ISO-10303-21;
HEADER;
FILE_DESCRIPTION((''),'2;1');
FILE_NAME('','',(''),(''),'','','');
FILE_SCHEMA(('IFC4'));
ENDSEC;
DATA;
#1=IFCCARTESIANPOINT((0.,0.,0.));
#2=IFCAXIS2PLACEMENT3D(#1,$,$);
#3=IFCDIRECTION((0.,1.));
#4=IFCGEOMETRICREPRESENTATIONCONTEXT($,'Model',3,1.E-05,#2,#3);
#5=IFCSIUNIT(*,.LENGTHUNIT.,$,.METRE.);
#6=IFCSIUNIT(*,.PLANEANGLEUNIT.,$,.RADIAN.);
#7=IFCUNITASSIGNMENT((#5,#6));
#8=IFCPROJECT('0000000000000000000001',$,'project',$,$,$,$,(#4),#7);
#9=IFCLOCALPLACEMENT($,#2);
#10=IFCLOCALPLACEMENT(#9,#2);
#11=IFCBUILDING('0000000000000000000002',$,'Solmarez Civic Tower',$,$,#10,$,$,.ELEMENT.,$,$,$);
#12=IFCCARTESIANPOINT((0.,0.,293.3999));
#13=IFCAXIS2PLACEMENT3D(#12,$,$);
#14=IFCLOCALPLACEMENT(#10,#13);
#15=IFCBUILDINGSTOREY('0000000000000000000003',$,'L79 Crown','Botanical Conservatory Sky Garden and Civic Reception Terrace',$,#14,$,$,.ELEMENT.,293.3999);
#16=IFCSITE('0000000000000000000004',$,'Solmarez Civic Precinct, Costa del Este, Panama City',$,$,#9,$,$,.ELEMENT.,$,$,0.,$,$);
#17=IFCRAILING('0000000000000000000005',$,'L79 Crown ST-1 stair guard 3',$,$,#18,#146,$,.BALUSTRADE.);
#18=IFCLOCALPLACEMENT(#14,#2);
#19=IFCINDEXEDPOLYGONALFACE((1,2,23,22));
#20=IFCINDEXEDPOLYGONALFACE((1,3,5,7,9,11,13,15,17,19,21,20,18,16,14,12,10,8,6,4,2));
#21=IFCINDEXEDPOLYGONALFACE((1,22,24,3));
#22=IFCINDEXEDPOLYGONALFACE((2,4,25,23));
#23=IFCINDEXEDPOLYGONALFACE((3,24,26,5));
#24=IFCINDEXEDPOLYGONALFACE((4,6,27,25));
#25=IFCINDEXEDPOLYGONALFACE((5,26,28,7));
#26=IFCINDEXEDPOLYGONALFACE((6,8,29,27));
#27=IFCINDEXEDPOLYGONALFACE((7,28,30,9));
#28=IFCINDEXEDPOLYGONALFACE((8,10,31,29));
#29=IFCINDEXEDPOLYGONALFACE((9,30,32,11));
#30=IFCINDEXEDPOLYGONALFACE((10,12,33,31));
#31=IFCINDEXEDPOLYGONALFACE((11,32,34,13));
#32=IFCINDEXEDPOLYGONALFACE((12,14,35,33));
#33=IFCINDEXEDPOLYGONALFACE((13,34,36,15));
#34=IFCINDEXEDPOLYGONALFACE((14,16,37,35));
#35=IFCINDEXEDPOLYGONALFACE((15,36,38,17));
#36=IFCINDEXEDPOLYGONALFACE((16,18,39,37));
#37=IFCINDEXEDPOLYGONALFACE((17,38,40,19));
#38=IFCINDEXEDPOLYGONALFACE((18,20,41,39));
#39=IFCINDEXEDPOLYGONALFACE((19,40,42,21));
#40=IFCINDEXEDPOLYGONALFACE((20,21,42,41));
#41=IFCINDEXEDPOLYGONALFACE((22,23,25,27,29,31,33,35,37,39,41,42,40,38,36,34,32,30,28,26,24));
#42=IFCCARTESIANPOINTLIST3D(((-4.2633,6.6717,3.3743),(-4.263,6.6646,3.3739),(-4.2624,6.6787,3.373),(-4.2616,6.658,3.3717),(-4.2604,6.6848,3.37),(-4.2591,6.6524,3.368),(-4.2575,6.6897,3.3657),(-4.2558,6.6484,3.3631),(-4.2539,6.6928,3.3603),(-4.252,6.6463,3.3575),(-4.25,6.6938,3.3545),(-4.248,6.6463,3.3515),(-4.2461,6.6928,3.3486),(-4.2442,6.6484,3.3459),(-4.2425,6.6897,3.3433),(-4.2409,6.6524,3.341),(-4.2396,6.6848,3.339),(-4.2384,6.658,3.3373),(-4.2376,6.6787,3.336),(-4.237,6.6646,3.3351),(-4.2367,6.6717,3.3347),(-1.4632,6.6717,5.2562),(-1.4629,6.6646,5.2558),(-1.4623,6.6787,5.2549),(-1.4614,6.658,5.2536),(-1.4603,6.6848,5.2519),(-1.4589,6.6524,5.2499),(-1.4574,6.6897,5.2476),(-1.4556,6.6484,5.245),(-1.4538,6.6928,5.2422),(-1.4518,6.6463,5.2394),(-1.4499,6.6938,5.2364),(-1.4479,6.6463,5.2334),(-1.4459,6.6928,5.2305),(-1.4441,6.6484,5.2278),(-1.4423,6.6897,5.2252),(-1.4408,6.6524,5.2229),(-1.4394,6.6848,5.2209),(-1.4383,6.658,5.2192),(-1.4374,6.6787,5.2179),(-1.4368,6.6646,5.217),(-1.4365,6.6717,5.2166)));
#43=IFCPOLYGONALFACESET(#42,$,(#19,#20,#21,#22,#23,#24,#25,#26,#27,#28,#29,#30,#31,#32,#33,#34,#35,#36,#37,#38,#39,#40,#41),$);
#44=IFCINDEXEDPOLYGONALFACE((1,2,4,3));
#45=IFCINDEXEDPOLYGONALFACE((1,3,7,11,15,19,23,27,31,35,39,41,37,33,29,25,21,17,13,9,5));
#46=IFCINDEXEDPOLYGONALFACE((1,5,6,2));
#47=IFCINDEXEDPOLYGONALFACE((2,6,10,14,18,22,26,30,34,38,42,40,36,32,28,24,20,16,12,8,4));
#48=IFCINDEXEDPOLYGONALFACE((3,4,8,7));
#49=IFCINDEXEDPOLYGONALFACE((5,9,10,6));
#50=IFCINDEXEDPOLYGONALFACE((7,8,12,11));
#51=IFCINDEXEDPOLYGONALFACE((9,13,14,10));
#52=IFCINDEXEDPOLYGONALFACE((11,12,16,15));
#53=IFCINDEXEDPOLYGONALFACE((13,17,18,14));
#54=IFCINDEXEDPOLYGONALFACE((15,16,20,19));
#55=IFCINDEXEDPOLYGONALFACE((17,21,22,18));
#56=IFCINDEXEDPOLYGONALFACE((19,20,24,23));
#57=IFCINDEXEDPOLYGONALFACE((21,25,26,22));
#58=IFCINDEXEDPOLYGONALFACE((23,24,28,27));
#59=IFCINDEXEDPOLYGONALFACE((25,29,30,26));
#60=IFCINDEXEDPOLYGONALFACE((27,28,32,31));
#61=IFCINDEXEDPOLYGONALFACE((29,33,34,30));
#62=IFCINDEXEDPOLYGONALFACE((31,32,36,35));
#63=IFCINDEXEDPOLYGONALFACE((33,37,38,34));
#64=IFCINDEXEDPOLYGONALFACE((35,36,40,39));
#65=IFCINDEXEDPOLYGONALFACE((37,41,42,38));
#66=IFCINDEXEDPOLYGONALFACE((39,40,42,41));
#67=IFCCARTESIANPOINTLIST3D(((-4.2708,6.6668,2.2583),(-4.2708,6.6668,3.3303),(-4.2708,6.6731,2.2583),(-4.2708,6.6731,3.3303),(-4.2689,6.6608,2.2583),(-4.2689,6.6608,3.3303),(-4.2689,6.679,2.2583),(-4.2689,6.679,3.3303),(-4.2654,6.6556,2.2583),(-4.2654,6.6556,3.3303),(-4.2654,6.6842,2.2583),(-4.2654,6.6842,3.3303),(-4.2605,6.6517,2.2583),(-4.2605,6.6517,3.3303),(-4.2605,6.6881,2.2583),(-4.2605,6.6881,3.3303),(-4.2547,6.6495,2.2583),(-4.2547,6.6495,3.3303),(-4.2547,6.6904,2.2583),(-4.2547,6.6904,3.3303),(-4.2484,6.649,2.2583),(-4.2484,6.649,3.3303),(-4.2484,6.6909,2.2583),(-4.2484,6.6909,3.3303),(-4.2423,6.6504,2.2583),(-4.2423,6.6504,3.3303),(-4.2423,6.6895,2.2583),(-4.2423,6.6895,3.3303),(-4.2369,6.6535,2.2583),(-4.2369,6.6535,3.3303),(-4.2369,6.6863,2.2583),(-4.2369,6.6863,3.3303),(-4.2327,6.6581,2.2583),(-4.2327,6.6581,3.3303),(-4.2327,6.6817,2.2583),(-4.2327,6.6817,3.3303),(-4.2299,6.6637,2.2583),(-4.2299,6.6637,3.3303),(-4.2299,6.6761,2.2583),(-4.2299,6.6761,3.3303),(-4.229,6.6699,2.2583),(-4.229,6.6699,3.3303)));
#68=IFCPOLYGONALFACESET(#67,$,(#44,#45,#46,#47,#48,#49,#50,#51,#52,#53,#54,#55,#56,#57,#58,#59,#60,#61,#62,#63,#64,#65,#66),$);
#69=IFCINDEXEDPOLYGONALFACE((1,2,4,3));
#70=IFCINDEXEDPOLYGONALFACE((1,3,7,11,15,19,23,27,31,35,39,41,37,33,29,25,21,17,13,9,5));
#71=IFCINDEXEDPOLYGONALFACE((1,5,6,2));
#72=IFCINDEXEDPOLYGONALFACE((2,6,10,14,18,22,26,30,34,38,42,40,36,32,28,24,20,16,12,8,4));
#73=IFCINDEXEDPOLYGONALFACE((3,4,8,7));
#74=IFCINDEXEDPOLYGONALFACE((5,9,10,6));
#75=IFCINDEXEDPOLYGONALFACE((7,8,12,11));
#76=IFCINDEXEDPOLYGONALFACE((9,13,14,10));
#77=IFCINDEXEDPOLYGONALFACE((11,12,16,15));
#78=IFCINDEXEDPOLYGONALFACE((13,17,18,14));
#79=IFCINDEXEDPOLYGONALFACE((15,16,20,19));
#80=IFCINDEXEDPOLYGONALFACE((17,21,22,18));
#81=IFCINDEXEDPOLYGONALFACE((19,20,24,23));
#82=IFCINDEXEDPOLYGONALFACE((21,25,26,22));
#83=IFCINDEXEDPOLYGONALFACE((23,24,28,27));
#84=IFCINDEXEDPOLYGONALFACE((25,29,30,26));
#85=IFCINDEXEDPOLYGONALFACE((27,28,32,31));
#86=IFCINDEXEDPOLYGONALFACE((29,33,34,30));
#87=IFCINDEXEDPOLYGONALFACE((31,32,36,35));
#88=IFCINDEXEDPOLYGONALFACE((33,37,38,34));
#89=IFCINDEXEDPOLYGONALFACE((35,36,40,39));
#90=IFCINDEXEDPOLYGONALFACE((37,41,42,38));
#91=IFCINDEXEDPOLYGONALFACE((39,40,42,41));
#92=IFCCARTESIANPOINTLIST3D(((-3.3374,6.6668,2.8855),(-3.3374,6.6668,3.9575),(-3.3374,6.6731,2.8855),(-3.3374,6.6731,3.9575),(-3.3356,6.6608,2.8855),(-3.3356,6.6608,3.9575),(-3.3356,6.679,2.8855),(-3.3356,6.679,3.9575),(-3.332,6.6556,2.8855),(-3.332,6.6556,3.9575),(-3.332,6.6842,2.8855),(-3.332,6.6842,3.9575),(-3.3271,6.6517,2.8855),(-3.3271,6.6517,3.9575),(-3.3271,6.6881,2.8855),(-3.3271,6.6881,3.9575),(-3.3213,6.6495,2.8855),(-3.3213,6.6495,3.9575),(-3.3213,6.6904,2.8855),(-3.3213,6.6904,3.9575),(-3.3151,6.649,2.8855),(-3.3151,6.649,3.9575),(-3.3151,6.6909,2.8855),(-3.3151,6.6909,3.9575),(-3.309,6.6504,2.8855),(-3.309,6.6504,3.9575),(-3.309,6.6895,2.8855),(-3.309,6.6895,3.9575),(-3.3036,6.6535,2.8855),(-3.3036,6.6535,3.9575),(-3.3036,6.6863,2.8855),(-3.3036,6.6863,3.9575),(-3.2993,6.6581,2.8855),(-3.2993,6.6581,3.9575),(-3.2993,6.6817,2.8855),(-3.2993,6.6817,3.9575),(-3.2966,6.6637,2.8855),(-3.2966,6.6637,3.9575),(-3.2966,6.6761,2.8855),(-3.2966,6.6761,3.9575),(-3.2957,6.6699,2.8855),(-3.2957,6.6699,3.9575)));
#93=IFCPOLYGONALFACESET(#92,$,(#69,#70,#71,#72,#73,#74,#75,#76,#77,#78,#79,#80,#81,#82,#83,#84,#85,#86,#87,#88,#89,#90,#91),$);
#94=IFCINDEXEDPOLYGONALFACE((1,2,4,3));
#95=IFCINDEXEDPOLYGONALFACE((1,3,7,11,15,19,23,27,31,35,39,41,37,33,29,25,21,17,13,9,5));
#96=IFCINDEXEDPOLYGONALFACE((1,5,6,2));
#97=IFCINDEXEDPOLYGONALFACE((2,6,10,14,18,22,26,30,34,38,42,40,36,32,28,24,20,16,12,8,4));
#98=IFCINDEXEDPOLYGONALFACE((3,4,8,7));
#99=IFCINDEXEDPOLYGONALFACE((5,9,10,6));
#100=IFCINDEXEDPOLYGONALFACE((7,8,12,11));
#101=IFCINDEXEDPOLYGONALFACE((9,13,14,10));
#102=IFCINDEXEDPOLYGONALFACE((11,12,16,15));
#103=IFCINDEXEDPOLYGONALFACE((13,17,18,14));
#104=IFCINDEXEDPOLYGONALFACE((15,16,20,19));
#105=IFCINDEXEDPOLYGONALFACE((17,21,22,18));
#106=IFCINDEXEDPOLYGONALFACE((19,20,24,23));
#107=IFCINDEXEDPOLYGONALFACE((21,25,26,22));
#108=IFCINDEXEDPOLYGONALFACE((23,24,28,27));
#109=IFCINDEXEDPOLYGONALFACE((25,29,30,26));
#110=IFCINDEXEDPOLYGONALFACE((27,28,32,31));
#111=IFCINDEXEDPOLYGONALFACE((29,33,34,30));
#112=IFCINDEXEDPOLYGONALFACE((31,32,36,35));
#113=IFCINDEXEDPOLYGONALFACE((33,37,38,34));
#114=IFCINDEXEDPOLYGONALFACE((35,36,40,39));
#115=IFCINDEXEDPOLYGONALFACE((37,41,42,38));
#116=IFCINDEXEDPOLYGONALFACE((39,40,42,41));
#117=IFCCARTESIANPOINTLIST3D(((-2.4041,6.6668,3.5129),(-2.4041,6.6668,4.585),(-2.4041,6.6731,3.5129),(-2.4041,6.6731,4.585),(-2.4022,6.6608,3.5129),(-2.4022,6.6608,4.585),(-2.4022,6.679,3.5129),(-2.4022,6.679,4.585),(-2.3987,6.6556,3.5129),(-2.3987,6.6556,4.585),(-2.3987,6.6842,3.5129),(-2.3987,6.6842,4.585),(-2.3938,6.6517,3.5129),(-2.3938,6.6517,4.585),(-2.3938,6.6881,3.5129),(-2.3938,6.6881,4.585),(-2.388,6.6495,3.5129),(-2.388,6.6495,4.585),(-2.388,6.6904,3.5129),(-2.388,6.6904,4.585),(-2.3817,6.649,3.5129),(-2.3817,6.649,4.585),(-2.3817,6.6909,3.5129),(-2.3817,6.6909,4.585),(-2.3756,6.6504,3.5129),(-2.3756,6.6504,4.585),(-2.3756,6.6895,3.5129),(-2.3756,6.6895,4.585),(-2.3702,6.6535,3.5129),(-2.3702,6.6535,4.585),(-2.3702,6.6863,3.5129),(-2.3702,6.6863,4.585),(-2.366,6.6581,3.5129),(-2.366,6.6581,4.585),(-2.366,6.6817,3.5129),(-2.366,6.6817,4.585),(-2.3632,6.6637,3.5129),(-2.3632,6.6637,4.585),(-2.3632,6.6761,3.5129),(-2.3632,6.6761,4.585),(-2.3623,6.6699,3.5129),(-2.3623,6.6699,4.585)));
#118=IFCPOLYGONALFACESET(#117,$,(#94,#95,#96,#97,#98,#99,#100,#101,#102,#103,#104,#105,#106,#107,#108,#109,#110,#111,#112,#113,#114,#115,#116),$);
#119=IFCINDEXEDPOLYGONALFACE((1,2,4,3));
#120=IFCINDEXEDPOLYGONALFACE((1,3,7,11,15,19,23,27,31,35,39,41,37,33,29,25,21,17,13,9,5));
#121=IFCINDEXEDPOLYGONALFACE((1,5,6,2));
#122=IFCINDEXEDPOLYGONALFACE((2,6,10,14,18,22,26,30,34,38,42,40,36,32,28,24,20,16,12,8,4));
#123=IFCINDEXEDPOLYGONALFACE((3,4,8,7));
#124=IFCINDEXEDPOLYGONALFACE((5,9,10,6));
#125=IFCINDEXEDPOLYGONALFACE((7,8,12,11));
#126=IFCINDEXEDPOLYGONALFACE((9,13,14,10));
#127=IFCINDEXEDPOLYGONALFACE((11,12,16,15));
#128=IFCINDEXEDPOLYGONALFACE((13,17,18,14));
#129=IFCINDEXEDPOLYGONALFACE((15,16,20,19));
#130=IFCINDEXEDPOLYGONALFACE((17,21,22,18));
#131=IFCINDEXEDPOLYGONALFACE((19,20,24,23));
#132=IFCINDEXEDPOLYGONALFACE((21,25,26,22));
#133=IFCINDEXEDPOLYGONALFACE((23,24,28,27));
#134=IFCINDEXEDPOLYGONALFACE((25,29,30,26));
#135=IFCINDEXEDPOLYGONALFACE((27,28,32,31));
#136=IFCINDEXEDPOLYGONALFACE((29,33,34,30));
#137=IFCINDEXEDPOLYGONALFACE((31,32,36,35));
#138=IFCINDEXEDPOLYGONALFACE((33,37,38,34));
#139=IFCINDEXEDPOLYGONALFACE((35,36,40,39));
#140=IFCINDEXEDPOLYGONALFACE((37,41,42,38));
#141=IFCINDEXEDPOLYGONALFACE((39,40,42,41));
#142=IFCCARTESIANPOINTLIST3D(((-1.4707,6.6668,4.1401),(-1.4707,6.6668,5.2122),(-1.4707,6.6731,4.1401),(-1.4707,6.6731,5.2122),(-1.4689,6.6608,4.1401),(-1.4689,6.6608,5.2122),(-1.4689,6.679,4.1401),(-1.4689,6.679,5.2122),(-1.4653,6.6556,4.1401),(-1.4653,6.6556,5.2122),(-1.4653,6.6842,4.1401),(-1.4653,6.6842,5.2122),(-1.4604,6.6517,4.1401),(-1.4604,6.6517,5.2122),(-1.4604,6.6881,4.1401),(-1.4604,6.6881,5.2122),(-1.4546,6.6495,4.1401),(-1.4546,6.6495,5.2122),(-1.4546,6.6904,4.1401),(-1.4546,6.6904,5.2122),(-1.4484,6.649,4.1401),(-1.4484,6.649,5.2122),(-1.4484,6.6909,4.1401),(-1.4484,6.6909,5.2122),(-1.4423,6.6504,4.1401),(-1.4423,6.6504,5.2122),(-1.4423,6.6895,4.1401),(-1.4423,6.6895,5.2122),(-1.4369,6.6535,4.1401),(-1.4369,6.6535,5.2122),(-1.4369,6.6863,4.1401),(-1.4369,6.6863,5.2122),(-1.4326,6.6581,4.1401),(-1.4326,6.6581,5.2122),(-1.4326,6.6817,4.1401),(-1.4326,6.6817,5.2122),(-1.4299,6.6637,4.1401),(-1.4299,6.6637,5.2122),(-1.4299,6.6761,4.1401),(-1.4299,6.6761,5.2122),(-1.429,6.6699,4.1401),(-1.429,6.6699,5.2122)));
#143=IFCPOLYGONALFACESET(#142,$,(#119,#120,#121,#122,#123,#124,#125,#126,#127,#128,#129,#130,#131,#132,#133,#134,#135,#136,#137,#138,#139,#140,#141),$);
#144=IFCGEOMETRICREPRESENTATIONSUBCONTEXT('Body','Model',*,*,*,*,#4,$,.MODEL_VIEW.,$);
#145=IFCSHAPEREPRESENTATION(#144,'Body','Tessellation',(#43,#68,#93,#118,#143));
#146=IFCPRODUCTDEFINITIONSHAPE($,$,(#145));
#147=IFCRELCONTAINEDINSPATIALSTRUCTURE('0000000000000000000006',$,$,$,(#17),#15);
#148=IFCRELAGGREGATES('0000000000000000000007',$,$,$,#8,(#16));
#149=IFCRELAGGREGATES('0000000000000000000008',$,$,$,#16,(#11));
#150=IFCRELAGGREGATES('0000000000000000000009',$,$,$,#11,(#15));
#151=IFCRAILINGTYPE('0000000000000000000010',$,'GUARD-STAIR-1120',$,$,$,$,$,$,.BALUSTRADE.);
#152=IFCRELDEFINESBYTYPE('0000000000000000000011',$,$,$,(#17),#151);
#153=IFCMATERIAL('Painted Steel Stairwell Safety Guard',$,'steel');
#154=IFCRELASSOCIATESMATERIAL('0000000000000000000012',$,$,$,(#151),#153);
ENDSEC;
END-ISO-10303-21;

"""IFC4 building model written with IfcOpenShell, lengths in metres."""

from ifc_helpers import new_model, si_unit, direction, frame, origin, origin_2d, place, context, subcontext, project, spatial, circle, extrude, material, type_object, element, save


model = new_model("IFC4")

# Units and contexts
model_context = context("Model", 3, precision=1e-05, world=origin(), true_north=direction((0.0, 1.0)))
body_context = subcontext(model_context, "Body", "Model", "MODEL_VIEW")
ifc_project = project(units=[si_unit("LENGTHUNIT", "METRE"), si_unit("PLANEANGLEUNIT", "RADIAN")], contexts=[model_context])

# Site, building, storey
site_placement = place(None, origin())
site = spatial("IfcSite", under=ifc_project, at=site_placement, Name="Solmarez Civic Precinct, Costa del Este, Panama City", CompositionType="ELEMENT", RefElevation=0.0)
building_placement = place(site_placement, origin())
building = spatial("IfcBuilding", under=site, at=building_placement, Name="Solmarez Civic Tower", CompositionType="ELEMENT")
storey_placement = place(building_placement, frame((0.0, 0.0, 293.3999)))
storey = spatial("IfcBuildingStorey", under=building, at=storey_placement, Name="L79 Crown", Description="Botanical Conservatory Sky Garden and Civic Reception Terrace", CompositionType="ELEMENT", Elevation=293.3999)

# Railing
ifc_material_1 = material(Name="Painted Steel Stairwell Safety Guard", Category="steel")
railing_type_1 = type_object("IfcRailingType", Name="GUARD-STAIR-1120", PredefinedType="BALUSTRADE", material=ifc_material_1)
railing_1_placement = place(storey_placement, frame((-4.25, 6.6699, 2.2583)))
element("IfcRailing", 1, at=railing_1_placement, inside=storey, type_object=railing_type_1, Name="L79 Crown ST-1 stair guard 3", PredefinedType="BALUSTRADE", context=body_context, shape_type="SweptSolid", body=[
    extrude(circle(Radius=0.0239, at=origin_2d()), frame((0.0, 0.0, 1.0962), z_axis=(0.829974, 0.0, 0.557803), x_axis=(0.0, 1.0, 0.0)), (0.0, 0.0, 1.0), 3.3738),
    extrude(circle(Radius=0.021, at=origin_2d()), origin(), (0.0, 0.0, 1.0), 1.072),
    extrude(circle(Radius=0.021, at=origin_2d()), frame((0.9333, 0.0, 0.6272)), (0.0, 0.0, 1.0), 1.072),
    extrude(circle(Radius=0.021, at=origin_2d()), frame((1.8667, 0.0, 1.2546)), (0.0, 0.0, 1.0), 1.072),
    extrude(circle(Radius=0.021, at=origin_2d()), frame((2.8, 0.0, 1.8818)), (0.0, 0.0, 1.0), 1.072),
])

save(model, "model.ifc")
